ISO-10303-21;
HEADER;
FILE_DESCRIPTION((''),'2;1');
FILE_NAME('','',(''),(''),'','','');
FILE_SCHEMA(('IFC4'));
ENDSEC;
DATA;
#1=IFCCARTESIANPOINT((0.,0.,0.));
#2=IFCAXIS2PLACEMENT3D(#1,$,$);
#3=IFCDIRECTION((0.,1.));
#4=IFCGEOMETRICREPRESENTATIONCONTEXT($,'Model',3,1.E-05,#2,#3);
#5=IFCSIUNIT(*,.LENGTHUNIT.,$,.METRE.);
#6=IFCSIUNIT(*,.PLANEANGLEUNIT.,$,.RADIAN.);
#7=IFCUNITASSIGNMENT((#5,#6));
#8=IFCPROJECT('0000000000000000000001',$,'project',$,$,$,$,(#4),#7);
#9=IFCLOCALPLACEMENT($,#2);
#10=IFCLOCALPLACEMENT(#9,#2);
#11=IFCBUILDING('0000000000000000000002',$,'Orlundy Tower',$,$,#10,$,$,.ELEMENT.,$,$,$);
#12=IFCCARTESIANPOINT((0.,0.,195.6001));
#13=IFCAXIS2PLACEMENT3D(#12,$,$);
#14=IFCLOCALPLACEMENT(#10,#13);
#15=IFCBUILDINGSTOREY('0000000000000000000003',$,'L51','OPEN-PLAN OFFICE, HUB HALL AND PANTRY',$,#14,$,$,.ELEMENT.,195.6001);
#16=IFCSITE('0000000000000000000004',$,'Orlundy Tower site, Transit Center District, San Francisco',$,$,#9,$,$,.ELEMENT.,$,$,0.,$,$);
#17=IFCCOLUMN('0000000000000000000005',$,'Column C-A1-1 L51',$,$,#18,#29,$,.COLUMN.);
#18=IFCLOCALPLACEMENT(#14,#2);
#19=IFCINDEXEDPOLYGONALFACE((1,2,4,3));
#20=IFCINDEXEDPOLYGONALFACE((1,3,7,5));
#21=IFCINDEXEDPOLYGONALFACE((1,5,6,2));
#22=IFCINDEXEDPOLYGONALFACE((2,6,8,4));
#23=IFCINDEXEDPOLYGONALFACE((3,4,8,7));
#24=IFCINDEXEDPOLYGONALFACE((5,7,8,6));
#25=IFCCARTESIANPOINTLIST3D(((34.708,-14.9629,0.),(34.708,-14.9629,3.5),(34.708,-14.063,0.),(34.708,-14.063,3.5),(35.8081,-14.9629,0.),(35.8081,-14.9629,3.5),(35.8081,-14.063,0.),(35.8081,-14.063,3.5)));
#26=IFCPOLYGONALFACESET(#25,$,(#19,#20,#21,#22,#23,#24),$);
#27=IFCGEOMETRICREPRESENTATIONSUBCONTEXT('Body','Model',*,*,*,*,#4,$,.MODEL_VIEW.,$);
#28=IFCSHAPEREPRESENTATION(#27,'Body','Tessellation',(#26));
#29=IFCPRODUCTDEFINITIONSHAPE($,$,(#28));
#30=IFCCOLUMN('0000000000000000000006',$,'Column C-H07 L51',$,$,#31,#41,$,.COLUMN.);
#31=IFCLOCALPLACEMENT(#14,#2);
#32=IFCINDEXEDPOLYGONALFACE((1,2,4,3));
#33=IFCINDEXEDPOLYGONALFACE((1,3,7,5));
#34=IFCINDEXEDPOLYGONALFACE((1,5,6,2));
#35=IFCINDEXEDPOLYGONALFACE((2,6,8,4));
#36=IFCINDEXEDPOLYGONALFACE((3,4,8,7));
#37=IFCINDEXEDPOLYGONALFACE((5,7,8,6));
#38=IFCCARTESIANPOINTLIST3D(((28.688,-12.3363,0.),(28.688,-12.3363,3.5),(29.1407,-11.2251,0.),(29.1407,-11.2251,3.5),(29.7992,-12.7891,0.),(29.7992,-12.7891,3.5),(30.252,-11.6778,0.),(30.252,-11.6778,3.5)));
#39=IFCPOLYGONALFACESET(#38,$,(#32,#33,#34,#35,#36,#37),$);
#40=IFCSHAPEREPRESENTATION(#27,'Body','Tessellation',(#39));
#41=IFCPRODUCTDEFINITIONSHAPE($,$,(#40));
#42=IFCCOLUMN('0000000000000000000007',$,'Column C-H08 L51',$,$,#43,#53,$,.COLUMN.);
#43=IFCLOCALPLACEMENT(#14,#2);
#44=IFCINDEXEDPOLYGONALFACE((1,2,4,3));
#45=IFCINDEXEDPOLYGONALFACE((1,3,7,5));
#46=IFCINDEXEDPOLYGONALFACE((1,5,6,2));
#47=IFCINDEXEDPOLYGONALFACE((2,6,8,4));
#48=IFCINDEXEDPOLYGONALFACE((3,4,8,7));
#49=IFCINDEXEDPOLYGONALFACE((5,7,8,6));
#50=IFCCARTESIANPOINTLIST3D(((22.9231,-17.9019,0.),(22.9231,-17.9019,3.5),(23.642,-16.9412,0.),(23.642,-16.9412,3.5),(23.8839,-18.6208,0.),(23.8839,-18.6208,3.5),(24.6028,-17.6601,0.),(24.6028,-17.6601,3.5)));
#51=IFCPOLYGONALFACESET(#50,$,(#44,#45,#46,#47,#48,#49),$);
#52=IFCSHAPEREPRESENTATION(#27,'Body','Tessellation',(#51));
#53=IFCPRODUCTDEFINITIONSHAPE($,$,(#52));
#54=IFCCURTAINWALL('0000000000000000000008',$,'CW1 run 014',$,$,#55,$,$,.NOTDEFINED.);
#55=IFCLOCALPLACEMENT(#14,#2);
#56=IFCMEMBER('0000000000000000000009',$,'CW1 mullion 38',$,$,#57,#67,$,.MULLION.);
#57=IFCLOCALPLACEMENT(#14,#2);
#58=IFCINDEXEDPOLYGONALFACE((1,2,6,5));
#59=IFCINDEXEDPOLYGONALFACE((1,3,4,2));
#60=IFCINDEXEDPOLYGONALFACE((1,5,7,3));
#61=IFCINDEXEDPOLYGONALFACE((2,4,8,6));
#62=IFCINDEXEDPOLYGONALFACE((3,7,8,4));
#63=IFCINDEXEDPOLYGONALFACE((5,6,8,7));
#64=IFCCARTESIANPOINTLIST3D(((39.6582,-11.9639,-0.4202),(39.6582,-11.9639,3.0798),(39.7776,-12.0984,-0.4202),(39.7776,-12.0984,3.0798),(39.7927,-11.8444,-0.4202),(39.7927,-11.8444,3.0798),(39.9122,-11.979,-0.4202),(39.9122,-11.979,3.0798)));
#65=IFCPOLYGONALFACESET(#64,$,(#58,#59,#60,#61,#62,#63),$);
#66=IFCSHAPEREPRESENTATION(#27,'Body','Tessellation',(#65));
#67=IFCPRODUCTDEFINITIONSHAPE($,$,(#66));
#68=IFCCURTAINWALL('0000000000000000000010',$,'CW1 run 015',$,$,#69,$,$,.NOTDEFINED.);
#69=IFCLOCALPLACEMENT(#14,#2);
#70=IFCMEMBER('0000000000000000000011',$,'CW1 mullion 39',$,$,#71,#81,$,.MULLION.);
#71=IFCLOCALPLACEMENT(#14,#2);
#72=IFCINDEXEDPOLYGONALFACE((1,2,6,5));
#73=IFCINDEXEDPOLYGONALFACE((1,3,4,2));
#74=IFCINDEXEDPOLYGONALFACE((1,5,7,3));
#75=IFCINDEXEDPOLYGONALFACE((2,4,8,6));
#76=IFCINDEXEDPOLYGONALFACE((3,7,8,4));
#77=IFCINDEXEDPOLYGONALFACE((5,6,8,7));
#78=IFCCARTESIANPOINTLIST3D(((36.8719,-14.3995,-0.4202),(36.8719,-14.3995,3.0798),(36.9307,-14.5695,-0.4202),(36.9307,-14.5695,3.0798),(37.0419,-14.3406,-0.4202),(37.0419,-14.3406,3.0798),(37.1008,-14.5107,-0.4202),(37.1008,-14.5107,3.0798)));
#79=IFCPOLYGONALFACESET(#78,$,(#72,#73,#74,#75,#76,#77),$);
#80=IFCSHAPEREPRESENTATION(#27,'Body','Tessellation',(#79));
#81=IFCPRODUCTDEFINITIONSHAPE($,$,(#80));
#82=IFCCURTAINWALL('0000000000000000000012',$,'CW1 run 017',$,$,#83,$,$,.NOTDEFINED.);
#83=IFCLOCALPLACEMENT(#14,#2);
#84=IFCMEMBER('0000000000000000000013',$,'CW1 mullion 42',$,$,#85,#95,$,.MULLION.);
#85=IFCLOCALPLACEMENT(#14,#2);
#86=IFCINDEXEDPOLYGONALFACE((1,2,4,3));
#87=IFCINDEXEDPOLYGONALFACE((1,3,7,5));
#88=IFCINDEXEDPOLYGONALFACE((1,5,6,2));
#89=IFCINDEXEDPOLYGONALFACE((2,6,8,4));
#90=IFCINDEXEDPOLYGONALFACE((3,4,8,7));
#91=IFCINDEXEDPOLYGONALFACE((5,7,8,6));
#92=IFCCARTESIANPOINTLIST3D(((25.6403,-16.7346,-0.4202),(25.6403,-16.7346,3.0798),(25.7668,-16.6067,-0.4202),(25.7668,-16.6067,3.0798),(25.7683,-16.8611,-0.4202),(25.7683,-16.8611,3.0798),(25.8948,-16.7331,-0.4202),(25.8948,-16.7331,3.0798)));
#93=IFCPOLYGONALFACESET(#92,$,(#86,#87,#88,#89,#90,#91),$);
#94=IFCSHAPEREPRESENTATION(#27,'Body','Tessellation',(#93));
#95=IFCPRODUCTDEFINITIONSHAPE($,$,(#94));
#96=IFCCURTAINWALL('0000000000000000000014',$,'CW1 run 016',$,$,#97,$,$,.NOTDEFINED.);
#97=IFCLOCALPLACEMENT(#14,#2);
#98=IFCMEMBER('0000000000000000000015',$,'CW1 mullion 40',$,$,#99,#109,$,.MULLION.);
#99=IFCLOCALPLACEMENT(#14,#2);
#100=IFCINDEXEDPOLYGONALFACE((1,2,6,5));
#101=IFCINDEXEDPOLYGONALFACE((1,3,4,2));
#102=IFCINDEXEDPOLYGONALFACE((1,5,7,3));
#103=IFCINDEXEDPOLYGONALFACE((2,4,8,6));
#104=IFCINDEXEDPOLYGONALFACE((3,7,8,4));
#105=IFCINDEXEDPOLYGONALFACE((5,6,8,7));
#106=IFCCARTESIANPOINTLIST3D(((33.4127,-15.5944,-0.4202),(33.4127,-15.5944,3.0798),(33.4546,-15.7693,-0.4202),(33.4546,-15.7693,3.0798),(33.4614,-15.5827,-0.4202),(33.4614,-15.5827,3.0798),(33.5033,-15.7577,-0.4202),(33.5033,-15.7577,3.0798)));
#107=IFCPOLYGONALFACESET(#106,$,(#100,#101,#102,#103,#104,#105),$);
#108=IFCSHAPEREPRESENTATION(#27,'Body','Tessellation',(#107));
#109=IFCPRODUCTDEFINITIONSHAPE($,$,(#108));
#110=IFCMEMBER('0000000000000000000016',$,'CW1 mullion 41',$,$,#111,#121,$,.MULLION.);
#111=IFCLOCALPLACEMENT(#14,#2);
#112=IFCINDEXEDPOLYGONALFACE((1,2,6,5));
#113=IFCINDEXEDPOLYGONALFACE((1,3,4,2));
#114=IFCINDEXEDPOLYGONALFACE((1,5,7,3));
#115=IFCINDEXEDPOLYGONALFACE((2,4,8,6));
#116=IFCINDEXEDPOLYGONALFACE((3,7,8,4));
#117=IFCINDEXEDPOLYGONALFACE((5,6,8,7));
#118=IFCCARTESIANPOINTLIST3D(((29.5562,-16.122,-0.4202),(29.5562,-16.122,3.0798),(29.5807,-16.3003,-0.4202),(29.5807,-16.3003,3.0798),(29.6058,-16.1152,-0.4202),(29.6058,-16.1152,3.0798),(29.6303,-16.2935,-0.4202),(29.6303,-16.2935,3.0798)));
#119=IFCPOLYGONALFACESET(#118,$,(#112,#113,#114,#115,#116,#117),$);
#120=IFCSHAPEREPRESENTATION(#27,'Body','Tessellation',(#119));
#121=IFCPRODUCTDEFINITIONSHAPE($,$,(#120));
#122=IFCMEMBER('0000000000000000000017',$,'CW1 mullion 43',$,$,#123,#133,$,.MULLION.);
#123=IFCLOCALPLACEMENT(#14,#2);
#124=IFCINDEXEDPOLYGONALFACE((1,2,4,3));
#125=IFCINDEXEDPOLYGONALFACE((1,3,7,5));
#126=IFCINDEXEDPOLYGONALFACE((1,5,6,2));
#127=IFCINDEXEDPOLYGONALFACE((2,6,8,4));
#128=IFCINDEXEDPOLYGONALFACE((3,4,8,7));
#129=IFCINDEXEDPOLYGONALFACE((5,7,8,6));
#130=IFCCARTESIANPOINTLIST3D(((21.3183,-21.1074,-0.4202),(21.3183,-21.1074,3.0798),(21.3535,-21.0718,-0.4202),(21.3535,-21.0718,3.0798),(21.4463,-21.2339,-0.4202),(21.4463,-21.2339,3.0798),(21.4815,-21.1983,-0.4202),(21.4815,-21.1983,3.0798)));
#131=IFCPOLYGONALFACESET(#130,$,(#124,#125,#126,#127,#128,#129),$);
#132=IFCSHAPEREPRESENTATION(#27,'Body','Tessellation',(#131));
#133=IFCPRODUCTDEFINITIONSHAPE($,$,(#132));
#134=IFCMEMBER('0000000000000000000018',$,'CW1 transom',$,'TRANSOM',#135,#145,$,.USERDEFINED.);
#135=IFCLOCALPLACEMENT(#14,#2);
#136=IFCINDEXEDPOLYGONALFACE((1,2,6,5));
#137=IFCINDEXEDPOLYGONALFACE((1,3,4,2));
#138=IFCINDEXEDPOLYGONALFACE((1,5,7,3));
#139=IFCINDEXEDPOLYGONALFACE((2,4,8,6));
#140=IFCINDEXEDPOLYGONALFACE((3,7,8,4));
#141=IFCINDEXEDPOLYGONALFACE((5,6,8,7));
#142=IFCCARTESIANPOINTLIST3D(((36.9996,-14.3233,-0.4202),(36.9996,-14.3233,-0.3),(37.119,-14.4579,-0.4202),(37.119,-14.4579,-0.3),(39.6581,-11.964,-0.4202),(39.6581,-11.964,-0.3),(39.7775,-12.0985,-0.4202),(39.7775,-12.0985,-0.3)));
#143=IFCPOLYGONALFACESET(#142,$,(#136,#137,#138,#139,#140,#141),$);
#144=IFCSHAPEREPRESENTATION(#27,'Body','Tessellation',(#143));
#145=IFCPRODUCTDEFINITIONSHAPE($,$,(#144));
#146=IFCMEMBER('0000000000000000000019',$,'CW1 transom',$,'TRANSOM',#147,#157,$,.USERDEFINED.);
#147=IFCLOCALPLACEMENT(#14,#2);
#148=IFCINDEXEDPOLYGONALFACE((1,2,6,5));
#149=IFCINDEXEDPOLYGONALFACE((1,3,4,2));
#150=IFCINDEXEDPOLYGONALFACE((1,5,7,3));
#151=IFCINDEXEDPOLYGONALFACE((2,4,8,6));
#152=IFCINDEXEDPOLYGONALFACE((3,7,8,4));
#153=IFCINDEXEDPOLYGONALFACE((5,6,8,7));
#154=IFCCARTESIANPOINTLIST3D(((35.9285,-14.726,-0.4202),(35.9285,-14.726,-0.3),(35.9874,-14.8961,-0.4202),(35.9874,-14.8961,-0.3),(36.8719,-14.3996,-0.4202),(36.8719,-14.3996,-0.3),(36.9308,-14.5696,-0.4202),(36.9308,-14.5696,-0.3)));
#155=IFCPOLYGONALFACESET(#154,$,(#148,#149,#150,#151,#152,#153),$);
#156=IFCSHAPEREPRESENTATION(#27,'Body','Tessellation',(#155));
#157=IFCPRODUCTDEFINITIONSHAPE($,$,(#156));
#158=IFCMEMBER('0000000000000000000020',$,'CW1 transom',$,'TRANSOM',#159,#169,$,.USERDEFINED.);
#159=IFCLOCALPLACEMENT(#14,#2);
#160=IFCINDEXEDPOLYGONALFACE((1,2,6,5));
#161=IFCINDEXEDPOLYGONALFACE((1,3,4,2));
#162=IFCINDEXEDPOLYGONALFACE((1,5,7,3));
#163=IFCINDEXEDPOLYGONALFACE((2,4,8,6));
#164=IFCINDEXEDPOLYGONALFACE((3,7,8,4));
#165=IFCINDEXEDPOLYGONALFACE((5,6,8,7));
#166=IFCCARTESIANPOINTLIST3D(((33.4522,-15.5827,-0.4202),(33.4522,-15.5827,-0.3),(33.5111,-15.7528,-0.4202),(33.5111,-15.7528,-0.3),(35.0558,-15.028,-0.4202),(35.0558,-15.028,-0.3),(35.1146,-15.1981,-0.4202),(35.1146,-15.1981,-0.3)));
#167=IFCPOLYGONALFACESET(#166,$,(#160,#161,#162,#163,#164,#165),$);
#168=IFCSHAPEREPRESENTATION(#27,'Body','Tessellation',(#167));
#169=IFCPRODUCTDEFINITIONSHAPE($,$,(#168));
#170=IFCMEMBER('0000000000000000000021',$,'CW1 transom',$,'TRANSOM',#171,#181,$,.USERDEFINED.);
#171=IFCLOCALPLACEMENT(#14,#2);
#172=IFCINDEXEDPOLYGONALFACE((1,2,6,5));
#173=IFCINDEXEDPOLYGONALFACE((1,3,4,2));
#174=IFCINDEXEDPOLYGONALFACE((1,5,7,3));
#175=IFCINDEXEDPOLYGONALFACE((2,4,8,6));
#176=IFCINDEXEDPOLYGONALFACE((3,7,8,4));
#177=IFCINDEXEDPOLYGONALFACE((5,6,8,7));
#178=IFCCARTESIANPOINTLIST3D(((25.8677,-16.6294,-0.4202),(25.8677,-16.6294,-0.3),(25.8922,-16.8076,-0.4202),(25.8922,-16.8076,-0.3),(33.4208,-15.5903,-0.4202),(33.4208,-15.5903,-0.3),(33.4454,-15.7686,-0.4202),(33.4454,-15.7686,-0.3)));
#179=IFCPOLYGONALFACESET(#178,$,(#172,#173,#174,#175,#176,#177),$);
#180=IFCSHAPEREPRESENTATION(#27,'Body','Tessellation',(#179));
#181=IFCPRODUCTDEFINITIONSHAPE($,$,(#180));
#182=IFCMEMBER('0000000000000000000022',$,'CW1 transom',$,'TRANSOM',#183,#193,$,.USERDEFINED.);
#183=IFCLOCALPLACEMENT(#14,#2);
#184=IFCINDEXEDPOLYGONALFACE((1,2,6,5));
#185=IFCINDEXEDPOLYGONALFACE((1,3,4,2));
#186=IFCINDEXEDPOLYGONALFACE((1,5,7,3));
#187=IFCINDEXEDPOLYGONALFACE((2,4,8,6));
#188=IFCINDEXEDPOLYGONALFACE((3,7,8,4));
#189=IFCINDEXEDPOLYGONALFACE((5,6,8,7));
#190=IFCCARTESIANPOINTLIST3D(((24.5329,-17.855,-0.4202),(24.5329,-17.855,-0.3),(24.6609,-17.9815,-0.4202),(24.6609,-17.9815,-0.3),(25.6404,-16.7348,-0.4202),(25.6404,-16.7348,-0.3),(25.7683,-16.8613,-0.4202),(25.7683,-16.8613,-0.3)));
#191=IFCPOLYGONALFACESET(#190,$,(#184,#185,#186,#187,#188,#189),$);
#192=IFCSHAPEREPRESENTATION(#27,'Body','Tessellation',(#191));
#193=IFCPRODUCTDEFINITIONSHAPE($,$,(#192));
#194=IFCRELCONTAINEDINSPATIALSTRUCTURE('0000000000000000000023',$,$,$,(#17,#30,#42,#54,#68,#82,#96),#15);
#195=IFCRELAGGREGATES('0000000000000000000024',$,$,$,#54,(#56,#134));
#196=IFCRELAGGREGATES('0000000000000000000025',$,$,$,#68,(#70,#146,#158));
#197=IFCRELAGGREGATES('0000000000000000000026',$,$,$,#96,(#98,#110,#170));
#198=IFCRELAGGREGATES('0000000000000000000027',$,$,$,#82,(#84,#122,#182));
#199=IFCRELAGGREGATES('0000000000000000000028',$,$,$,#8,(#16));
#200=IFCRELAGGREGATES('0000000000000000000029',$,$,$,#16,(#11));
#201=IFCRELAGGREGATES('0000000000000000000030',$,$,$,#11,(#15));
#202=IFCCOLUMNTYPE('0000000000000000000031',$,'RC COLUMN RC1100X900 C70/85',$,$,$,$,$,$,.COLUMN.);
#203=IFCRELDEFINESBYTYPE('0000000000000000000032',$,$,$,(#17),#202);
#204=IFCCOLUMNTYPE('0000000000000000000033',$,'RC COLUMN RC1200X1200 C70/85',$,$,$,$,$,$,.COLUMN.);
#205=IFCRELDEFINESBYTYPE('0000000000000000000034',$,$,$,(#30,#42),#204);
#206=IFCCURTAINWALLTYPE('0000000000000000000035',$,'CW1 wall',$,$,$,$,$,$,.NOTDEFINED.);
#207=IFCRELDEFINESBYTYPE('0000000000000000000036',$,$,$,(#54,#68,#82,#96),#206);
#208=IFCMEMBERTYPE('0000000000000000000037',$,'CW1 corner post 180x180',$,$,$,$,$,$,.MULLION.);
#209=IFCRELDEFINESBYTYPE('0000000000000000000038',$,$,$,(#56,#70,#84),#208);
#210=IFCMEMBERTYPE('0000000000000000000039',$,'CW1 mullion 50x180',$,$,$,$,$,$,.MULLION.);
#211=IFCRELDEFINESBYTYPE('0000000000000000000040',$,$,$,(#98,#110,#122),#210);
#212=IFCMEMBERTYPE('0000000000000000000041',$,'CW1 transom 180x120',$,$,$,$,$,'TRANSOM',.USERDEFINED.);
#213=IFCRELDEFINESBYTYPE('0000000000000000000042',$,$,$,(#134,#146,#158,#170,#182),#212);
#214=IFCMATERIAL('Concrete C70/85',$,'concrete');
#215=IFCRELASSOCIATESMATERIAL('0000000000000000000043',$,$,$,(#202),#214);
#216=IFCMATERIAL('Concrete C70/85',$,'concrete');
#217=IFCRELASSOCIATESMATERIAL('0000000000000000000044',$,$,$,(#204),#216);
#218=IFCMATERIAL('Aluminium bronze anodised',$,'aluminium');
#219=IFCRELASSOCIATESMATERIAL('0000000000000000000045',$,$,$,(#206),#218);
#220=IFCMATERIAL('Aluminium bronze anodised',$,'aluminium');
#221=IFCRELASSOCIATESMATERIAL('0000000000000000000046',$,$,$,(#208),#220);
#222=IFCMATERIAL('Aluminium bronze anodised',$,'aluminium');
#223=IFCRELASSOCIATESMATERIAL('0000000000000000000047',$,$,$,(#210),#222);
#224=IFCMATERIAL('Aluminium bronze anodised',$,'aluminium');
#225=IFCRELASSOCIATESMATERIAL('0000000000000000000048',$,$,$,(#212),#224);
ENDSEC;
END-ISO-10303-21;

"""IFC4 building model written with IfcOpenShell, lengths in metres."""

from ifc_helpers import new_model, si_unit, direction, frame, origin, origin_2d, place, context, subcontext, project, spatial, rectangle, extrude, material, material_profile, profile_set, type_object, element, aggregate, save


model = new_model("IFC4")

# Units and contexts
model_context = context("Model", 3, precision=1e-05, world=origin(), true_north=direction((0.0, 1.0)))
body_context = subcontext(model_context, "Body", "Model", "MODEL_VIEW")
ifc_project = project(units=[si_unit("LENGTHUNIT", "METRE"), si_unit("PLANEANGLEUNIT", "RADIAN")], contexts=[model_context])

# Site, building, storey
site_placement = place(None, origin())
site = spatial("IfcSite", under=ifc_project, at=site_placement, Name="Orlundy Tower site, Transit Center District, San Francisco", CompositionType="ELEMENT", RefElevation=0.0)
building_placement = place(site_placement, origin())
building = spatial("IfcBuilding", under=site, at=building_placement, Name="Orlundy Tower", CompositionType="ELEMENT")
storey_placement = place(building_placement, frame((0.0, 0.0, 195.6001)))
storey = spatial("IfcBuildingStorey", under=building, at=storey_placement, Name="L51", Description="OPEN-PLAN OFFICE, HUB HALL AND PANTRY", CompositionType="ELEMENT", Elevation=195.6001)

# Columns
ifc_material_1 = material(Name="Concrete C70/85", Category="concrete")
ifc_material_profile_1 = material_profile(ifc_material_1, rectangle(XDim=1.1001, YDim=0.8999, at=origin_2d()), Name="RC1100X900")
ifc_profile_set_1 = profile_set([ifc_material_profile_1], Name="Concrete C70/85")
column_type_1 = type_object("IfcColumnType", Name="RC COLUMN RC1100X900 C70/85", PredefinedType="COLUMN", material=ifc_profile_set_1)
column_placement = place(storey_placement, frame((35.2581, -14.5129, 0.0), z_axis=(0.0, 0.0, 1.0), x_axis=(1.0, 0.0, 0.0)))
element("IfcColumn", 1, at=column_placement, inside=storey, type_object=column_type_1, Name="Column C-A1-1 L51", PredefinedType="COLUMN", context=body_context, shape_type="SweptSolid", body=[
    extrude(rectangle(XDim=1.1001, YDim=0.8999, at=origin_2d()), origin(), (0.0, 0.0, 1.0), 3.5),
])
ifc_material_2 = material(Name="Concrete C70/85", Category="concrete")
ifc_material_profile_2 = material_profile(ifc_material_2, rectangle(XDim=1.2, YDim=1.2, at=origin_2d()), Name="RC1200X1200")
ifc_profile_set_2 = profile_set([ifc_material_profile_2], Name="Concrete C70/85")
column_type_2 = type_object("IfcColumnType", Name="RC COLUMN RC1200X1200 C70/85", PredefinedType="COLUMN", material=ifc_profile_set_2)
for number, where, z_axis, x_axis, name in (
    (2, (29.47, -12.0071, 0.0), (0.0, 0.0, 1.0), (0.926081, -0.377324, 0.0), "Column C-H07 L51"),
    (3, (23.7629, -17.781, 0.0), (0.0, 0.0, 1.0), (0.800669, -0.599107, 0.0), "Column C-H08 L51"),
):
    element("IfcColumn", number, at=place(storey_placement, frame(where, z_axis=z_axis, x_axis=x_axis)), inside=storey, type_object=column_type_2, Name=name, PredefinedType="COLUMN", context=body_context, shape_type="SweptSolid", body=[
        extrude(rectangle(XDim=1.2, YDim=1.2, at=origin_2d()), origin(), (0.0, 0.0, 1.0), 3.5),
    ])

# Curtain walls, members
ifc_material_3 = material(Name="Aluminium bronze anodised", Category="aluminium")
curtain_wall_type = type_object("IfcCurtainWallType", Name="CW1 wall", PredefinedType="NOTDEFINED", material=ifc_material_3)
curtain_wall_1_placement = place(storey_placement, origin())
curtain_wall_1 = element("IfcCurtainWall", 4, at=curtain_wall_1_placement, inside=storey, type_object=curtain_wall_type, Name="CW1 run 014", PredefinedType="NOTDEFINED")
ifc_material_4 = material(Name="Aluminium bronze anodised", Category="aluminium")
ifc_material_profile_3 = material_profile(ifc_material_4, rectangle(XDim=0.1799, YDim=0.1799, at=origin_2d()), Name="CW1 corner post 180x180")
ifc_profile_set_3 = profile_set([ifc_material_profile_3], Name="Aluminium bronze anodised")
member_type_1 = type_object("IfcMemberType", Name="CW1 corner post 180x180", PredefinedType="MULLION", material=ifc_profile_set_3)
member_1_placement = place(storey_placement, frame((39.7852, -11.9714, -0.4202), z_axis=(0.0, 0.0, 1.0), x_axis=(0.663761, -0.747945, 0.0)))
member_1 = element("IfcMember", 5, at=member_1_placement, type_object=member_type_1, Name="CW1 mullion 38", PredefinedType="MULLION", context=body_context, shape_type="SweptSolid", body=[
    extrude(rectangle(XDim=0.1799, YDim=0.1799, at=origin_2d()), origin(), (0.0, 0.0, 1.0), 3.5),
])
curtain_wall_2_placement = place(storey_placement, origin())
curtain_wall_2 = element("IfcCurtainWall", 6, at=curtain_wall_2_placement, inside=storey, type_object=curtain_wall_type, Name="CW1 run 015", PredefinedType="NOTDEFINED")
member_2_placement = place(storey_placement, frame((36.9863, -14.4551, -0.4202), z_axis=(0.0, 0.0, 1.0), x_axis=(0.326972, -0.945034, 0.0)))
member_2 = element("IfcMember", 7, at=member_2_placement, type_object=member_type_1, Name="CW1 mullion 39", PredefinedType="MULLION", context=body_context, shape_type="SweptSolid", body=[
    extrude(rectangle(XDim=0.1799, YDim=0.1799, at=origin_2d()), origin(), (0.0, 0.0, 1.0), 3.5),
])
curtain_wall_3_placement = place(storey_placement, origin())
curtain_wall_3 = element("IfcCurtainWall", 8, at=curtain_wall_3_placement, inside=storey, type_object=curtain_wall_type, Name="CW1 run 017", PredefinedType="NOTDEFINED")
member_3_placement = place(storey_placement, frame((25.7676, -16.7339, -0.4202), z_axis=(0.0, 0.0, 1.0), x_axis=(0.711219, -0.70297, 0.0)))
member_3 = element("IfcMember", 9, at=member_3_placement, type_object=member_type_1, Name="CW1 mullion 42", PredefinedType="MULLION", context=body_context, shape_type="SweptSolid", body=[
    extrude(rectangle(XDim=0.1799, YDim=0.1799, at=origin_2d()), origin(), (0.0, 0.0, 1.0), 3.5),
])

# Curtain wall, members
curtain_wall_4_placement = place(storey_placement, origin())
curtain_wall_4 = element("IfcCurtainWall", 10, at=curtain_wall_4_placement, inside=storey, type_object=curtain_wall_type, Name="CW1 run 016", PredefinedType="NOTDEFINED")
ifc_material_5 = material(Name="Aluminium bronze anodised", Category="aluminium")
ifc_material_profile_4 = material_profile(ifc_material_5, rectangle(XDim=0.1799, YDim=0.05, at=origin_2d()), Name="CW1 mullion 50x180")
ifc_profile_set_4 = profile_set([ifc_material_profile_4], Name="Aluminium bronze anodised")
member_type_2 = type_object("IfcMemberType", Name="CW1 mullion 50x180", PredefinedType="MULLION", material=ifc_profile_set_4)
member_4_placement = place(storey_placement, frame((33.458, -15.676, -0.4202), z_axis=(0.0, 0.0, 1.0), x_axis=(0.232754, -0.972536, 0.0)))
member_4 = element("IfcMember", 11, at=member_4_placement, type_object=member_type_2, Name="CW1 mullion 40", PredefinedType="MULLION", context=body_context, shape_type="SweptSolid", body=[
    extrude(rectangle(XDim=0.1799, YDim=0.05, at=origin_2d()), origin(), (0.0, 0.0, 1.0), 3.5),
])
member_5_placement = place(storey_placement, frame((29.5933, -16.2078, -0.4202), z_axis=(0.0, 0.0, 1.0), x_axis=(0.136294, -0.990668, 0.0)))
member_5 = element("IfcMember", 12, at=member_5_placement, type_object=member_type_2, Name="CW1 mullion 41", PredefinedType="MULLION", context=body_context, shape_type="SweptSolid", body=[
    extrude(rectangle(XDim=0.1799, YDim=0.05, at=origin_2d()), origin(), (0.0, 0.0, 1.0), 3.5),
])

# Members
member_6_placement = place(storey_placement, frame((21.3999, -21.1528, -0.4202), z_axis=(0.0, 0.0, 1.0), x_axis=(0.711219, -0.70297, 0.0)))
member_6 = element("IfcMember", 13, at=member_6_placement, type_object=member_type_2, Name="CW1 mullion 43", PredefinedType="MULLION", context=body_context, shape_type="SweptSolid", body=[
    extrude(rectangle(XDim=0.1799, YDim=0.05, at=origin_2d()), origin(), (0.0, 0.0, 1.0), 3.5),
])
ifc_material_6 = material(Name="Aluminium bronze anodised", Category="aluminium")
ifc_material_profile_5 = material_profile(ifc_material_6, rectangle(XDim=0.1799, YDim=0.1201, at=origin_2d()), Name="CW1 transom 180x120")
ifc_profile_set_5 = profile_set([ifc_material_profile_5], Name="Aluminium bronze anodised")
member_type_3 = type_object("IfcMemberType", Name="CW1 transom 180x120", ElementType="TRANSOM", PredefinedType="USERDEFINED", material=ifc_profile_set_5)
member_7_placement = place(storey_placement, frame((39.7178, -12.0312, -0.3601), z_axis=(-0.747924, -0.663784, 0.0), x_axis=(0.663784, -0.747924, 0.0)))
member_7 = element("IfcMember", 14, at=member_7_placement, type_object=member_type_3, Name="CW1 transom", ObjectType="TRANSOM", PredefinedType="USERDEFINED", context=body_context, shape_type="SweptSolid", body=[
    extrude(rectangle(XDim=0.1799, YDim=0.1201, at=origin_2d()), origin(), (0.0, 0.0, 1.0), 3.5544),
])
member_8_placement = place(storey_placement, frame((36.9014, -14.4846, -0.3601), z_axis=(-0.945027, -0.326993, 0.0), x_axis=(0.326993, -0.945027, 0.0)))
member_8 = element("IfcMember", 15, at=member_8_placement, type_object=member_type_3, Name="CW1 transom", ObjectType="TRANSOM", PredefinedType="USERDEFINED", context=body_context, shape_type="SweptSolid", body=[
    extrude(rectangle(XDim=0.1799, YDim=0.1201, at=origin_2d()), origin(), (0.0, 0.0, 1.0), 0.9983),
])
member_9_placement = place(storey_placement, frame((35.0852, -15.113, -0.3601), z_axis=(-0.945054, -0.326913, 0.0), x_axis=(0.326913, -0.945054, 0.0)))
member_9 = element("IfcMember", 16, at=member_9_placement, type_object=member_type_3, Name="CW1 transom", ObjectType="TRANSOM", PredefinedType="USERDEFINED", context=body_context, shape_type="SweptSolid", body=[
    extrude(rectangle(XDim=0.1799, YDim=0.1201, at=origin_2d()), origin(), (0.0, 0.0, 1.0), 1.6968),
])
member_10_placement = place(storey_placement, frame((33.4331, -15.6794, -0.3601), z_axis=(-0.99067, -0.136282, 0.0), x_axis=(0.136282, -0.99067, 0.0)))
member_10 = element("IfcMember", 17, at=member_10_placement, type_object=member_type_3, Name="CW1 transom", ObjectType="TRANSOM", PredefinedType="USERDEFINED", context=body_context, shape_type="SweptSolid", body=[
    extrude(rectangle(XDim=0.1799, YDim=0.1201, at=origin_2d()), origin(), (0.0, 0.0, 1.0), 7.6243),
])
member_11_placement = place(storey_placement, frame((25.7043, -16.7981, -0.3601), z_axis=(-0.703065, -0.711125, 0.0), x_axis=(0.711125, -0.703065, 0.0)))
member_11 = element("IfcMember", 18, at=member_11_placement, type_object=member_type_3, Name="CW1 transom", ObjectType="TRANSOM", PredefinedType="USERDEFINED", context=body_context, shape_type="SweptSolid", body=[
    extrude(rectangle(XDim=0.1799, YDim=0.1201, at=origin_2d()), origin(), (0.0, 0.0, 1.0), 1.5752),
])

aggregate(curtain_wall_1, [member_1, member_7])
aggregate(curtain_wall_2, [member_2, member_8, member_9])
aggregate(curtain_wall_4, [member_4, member_5, member_10])
aggregate(curtain_wall_3, [member_3, member_6, member_11])

save(model, "model.ifc")
